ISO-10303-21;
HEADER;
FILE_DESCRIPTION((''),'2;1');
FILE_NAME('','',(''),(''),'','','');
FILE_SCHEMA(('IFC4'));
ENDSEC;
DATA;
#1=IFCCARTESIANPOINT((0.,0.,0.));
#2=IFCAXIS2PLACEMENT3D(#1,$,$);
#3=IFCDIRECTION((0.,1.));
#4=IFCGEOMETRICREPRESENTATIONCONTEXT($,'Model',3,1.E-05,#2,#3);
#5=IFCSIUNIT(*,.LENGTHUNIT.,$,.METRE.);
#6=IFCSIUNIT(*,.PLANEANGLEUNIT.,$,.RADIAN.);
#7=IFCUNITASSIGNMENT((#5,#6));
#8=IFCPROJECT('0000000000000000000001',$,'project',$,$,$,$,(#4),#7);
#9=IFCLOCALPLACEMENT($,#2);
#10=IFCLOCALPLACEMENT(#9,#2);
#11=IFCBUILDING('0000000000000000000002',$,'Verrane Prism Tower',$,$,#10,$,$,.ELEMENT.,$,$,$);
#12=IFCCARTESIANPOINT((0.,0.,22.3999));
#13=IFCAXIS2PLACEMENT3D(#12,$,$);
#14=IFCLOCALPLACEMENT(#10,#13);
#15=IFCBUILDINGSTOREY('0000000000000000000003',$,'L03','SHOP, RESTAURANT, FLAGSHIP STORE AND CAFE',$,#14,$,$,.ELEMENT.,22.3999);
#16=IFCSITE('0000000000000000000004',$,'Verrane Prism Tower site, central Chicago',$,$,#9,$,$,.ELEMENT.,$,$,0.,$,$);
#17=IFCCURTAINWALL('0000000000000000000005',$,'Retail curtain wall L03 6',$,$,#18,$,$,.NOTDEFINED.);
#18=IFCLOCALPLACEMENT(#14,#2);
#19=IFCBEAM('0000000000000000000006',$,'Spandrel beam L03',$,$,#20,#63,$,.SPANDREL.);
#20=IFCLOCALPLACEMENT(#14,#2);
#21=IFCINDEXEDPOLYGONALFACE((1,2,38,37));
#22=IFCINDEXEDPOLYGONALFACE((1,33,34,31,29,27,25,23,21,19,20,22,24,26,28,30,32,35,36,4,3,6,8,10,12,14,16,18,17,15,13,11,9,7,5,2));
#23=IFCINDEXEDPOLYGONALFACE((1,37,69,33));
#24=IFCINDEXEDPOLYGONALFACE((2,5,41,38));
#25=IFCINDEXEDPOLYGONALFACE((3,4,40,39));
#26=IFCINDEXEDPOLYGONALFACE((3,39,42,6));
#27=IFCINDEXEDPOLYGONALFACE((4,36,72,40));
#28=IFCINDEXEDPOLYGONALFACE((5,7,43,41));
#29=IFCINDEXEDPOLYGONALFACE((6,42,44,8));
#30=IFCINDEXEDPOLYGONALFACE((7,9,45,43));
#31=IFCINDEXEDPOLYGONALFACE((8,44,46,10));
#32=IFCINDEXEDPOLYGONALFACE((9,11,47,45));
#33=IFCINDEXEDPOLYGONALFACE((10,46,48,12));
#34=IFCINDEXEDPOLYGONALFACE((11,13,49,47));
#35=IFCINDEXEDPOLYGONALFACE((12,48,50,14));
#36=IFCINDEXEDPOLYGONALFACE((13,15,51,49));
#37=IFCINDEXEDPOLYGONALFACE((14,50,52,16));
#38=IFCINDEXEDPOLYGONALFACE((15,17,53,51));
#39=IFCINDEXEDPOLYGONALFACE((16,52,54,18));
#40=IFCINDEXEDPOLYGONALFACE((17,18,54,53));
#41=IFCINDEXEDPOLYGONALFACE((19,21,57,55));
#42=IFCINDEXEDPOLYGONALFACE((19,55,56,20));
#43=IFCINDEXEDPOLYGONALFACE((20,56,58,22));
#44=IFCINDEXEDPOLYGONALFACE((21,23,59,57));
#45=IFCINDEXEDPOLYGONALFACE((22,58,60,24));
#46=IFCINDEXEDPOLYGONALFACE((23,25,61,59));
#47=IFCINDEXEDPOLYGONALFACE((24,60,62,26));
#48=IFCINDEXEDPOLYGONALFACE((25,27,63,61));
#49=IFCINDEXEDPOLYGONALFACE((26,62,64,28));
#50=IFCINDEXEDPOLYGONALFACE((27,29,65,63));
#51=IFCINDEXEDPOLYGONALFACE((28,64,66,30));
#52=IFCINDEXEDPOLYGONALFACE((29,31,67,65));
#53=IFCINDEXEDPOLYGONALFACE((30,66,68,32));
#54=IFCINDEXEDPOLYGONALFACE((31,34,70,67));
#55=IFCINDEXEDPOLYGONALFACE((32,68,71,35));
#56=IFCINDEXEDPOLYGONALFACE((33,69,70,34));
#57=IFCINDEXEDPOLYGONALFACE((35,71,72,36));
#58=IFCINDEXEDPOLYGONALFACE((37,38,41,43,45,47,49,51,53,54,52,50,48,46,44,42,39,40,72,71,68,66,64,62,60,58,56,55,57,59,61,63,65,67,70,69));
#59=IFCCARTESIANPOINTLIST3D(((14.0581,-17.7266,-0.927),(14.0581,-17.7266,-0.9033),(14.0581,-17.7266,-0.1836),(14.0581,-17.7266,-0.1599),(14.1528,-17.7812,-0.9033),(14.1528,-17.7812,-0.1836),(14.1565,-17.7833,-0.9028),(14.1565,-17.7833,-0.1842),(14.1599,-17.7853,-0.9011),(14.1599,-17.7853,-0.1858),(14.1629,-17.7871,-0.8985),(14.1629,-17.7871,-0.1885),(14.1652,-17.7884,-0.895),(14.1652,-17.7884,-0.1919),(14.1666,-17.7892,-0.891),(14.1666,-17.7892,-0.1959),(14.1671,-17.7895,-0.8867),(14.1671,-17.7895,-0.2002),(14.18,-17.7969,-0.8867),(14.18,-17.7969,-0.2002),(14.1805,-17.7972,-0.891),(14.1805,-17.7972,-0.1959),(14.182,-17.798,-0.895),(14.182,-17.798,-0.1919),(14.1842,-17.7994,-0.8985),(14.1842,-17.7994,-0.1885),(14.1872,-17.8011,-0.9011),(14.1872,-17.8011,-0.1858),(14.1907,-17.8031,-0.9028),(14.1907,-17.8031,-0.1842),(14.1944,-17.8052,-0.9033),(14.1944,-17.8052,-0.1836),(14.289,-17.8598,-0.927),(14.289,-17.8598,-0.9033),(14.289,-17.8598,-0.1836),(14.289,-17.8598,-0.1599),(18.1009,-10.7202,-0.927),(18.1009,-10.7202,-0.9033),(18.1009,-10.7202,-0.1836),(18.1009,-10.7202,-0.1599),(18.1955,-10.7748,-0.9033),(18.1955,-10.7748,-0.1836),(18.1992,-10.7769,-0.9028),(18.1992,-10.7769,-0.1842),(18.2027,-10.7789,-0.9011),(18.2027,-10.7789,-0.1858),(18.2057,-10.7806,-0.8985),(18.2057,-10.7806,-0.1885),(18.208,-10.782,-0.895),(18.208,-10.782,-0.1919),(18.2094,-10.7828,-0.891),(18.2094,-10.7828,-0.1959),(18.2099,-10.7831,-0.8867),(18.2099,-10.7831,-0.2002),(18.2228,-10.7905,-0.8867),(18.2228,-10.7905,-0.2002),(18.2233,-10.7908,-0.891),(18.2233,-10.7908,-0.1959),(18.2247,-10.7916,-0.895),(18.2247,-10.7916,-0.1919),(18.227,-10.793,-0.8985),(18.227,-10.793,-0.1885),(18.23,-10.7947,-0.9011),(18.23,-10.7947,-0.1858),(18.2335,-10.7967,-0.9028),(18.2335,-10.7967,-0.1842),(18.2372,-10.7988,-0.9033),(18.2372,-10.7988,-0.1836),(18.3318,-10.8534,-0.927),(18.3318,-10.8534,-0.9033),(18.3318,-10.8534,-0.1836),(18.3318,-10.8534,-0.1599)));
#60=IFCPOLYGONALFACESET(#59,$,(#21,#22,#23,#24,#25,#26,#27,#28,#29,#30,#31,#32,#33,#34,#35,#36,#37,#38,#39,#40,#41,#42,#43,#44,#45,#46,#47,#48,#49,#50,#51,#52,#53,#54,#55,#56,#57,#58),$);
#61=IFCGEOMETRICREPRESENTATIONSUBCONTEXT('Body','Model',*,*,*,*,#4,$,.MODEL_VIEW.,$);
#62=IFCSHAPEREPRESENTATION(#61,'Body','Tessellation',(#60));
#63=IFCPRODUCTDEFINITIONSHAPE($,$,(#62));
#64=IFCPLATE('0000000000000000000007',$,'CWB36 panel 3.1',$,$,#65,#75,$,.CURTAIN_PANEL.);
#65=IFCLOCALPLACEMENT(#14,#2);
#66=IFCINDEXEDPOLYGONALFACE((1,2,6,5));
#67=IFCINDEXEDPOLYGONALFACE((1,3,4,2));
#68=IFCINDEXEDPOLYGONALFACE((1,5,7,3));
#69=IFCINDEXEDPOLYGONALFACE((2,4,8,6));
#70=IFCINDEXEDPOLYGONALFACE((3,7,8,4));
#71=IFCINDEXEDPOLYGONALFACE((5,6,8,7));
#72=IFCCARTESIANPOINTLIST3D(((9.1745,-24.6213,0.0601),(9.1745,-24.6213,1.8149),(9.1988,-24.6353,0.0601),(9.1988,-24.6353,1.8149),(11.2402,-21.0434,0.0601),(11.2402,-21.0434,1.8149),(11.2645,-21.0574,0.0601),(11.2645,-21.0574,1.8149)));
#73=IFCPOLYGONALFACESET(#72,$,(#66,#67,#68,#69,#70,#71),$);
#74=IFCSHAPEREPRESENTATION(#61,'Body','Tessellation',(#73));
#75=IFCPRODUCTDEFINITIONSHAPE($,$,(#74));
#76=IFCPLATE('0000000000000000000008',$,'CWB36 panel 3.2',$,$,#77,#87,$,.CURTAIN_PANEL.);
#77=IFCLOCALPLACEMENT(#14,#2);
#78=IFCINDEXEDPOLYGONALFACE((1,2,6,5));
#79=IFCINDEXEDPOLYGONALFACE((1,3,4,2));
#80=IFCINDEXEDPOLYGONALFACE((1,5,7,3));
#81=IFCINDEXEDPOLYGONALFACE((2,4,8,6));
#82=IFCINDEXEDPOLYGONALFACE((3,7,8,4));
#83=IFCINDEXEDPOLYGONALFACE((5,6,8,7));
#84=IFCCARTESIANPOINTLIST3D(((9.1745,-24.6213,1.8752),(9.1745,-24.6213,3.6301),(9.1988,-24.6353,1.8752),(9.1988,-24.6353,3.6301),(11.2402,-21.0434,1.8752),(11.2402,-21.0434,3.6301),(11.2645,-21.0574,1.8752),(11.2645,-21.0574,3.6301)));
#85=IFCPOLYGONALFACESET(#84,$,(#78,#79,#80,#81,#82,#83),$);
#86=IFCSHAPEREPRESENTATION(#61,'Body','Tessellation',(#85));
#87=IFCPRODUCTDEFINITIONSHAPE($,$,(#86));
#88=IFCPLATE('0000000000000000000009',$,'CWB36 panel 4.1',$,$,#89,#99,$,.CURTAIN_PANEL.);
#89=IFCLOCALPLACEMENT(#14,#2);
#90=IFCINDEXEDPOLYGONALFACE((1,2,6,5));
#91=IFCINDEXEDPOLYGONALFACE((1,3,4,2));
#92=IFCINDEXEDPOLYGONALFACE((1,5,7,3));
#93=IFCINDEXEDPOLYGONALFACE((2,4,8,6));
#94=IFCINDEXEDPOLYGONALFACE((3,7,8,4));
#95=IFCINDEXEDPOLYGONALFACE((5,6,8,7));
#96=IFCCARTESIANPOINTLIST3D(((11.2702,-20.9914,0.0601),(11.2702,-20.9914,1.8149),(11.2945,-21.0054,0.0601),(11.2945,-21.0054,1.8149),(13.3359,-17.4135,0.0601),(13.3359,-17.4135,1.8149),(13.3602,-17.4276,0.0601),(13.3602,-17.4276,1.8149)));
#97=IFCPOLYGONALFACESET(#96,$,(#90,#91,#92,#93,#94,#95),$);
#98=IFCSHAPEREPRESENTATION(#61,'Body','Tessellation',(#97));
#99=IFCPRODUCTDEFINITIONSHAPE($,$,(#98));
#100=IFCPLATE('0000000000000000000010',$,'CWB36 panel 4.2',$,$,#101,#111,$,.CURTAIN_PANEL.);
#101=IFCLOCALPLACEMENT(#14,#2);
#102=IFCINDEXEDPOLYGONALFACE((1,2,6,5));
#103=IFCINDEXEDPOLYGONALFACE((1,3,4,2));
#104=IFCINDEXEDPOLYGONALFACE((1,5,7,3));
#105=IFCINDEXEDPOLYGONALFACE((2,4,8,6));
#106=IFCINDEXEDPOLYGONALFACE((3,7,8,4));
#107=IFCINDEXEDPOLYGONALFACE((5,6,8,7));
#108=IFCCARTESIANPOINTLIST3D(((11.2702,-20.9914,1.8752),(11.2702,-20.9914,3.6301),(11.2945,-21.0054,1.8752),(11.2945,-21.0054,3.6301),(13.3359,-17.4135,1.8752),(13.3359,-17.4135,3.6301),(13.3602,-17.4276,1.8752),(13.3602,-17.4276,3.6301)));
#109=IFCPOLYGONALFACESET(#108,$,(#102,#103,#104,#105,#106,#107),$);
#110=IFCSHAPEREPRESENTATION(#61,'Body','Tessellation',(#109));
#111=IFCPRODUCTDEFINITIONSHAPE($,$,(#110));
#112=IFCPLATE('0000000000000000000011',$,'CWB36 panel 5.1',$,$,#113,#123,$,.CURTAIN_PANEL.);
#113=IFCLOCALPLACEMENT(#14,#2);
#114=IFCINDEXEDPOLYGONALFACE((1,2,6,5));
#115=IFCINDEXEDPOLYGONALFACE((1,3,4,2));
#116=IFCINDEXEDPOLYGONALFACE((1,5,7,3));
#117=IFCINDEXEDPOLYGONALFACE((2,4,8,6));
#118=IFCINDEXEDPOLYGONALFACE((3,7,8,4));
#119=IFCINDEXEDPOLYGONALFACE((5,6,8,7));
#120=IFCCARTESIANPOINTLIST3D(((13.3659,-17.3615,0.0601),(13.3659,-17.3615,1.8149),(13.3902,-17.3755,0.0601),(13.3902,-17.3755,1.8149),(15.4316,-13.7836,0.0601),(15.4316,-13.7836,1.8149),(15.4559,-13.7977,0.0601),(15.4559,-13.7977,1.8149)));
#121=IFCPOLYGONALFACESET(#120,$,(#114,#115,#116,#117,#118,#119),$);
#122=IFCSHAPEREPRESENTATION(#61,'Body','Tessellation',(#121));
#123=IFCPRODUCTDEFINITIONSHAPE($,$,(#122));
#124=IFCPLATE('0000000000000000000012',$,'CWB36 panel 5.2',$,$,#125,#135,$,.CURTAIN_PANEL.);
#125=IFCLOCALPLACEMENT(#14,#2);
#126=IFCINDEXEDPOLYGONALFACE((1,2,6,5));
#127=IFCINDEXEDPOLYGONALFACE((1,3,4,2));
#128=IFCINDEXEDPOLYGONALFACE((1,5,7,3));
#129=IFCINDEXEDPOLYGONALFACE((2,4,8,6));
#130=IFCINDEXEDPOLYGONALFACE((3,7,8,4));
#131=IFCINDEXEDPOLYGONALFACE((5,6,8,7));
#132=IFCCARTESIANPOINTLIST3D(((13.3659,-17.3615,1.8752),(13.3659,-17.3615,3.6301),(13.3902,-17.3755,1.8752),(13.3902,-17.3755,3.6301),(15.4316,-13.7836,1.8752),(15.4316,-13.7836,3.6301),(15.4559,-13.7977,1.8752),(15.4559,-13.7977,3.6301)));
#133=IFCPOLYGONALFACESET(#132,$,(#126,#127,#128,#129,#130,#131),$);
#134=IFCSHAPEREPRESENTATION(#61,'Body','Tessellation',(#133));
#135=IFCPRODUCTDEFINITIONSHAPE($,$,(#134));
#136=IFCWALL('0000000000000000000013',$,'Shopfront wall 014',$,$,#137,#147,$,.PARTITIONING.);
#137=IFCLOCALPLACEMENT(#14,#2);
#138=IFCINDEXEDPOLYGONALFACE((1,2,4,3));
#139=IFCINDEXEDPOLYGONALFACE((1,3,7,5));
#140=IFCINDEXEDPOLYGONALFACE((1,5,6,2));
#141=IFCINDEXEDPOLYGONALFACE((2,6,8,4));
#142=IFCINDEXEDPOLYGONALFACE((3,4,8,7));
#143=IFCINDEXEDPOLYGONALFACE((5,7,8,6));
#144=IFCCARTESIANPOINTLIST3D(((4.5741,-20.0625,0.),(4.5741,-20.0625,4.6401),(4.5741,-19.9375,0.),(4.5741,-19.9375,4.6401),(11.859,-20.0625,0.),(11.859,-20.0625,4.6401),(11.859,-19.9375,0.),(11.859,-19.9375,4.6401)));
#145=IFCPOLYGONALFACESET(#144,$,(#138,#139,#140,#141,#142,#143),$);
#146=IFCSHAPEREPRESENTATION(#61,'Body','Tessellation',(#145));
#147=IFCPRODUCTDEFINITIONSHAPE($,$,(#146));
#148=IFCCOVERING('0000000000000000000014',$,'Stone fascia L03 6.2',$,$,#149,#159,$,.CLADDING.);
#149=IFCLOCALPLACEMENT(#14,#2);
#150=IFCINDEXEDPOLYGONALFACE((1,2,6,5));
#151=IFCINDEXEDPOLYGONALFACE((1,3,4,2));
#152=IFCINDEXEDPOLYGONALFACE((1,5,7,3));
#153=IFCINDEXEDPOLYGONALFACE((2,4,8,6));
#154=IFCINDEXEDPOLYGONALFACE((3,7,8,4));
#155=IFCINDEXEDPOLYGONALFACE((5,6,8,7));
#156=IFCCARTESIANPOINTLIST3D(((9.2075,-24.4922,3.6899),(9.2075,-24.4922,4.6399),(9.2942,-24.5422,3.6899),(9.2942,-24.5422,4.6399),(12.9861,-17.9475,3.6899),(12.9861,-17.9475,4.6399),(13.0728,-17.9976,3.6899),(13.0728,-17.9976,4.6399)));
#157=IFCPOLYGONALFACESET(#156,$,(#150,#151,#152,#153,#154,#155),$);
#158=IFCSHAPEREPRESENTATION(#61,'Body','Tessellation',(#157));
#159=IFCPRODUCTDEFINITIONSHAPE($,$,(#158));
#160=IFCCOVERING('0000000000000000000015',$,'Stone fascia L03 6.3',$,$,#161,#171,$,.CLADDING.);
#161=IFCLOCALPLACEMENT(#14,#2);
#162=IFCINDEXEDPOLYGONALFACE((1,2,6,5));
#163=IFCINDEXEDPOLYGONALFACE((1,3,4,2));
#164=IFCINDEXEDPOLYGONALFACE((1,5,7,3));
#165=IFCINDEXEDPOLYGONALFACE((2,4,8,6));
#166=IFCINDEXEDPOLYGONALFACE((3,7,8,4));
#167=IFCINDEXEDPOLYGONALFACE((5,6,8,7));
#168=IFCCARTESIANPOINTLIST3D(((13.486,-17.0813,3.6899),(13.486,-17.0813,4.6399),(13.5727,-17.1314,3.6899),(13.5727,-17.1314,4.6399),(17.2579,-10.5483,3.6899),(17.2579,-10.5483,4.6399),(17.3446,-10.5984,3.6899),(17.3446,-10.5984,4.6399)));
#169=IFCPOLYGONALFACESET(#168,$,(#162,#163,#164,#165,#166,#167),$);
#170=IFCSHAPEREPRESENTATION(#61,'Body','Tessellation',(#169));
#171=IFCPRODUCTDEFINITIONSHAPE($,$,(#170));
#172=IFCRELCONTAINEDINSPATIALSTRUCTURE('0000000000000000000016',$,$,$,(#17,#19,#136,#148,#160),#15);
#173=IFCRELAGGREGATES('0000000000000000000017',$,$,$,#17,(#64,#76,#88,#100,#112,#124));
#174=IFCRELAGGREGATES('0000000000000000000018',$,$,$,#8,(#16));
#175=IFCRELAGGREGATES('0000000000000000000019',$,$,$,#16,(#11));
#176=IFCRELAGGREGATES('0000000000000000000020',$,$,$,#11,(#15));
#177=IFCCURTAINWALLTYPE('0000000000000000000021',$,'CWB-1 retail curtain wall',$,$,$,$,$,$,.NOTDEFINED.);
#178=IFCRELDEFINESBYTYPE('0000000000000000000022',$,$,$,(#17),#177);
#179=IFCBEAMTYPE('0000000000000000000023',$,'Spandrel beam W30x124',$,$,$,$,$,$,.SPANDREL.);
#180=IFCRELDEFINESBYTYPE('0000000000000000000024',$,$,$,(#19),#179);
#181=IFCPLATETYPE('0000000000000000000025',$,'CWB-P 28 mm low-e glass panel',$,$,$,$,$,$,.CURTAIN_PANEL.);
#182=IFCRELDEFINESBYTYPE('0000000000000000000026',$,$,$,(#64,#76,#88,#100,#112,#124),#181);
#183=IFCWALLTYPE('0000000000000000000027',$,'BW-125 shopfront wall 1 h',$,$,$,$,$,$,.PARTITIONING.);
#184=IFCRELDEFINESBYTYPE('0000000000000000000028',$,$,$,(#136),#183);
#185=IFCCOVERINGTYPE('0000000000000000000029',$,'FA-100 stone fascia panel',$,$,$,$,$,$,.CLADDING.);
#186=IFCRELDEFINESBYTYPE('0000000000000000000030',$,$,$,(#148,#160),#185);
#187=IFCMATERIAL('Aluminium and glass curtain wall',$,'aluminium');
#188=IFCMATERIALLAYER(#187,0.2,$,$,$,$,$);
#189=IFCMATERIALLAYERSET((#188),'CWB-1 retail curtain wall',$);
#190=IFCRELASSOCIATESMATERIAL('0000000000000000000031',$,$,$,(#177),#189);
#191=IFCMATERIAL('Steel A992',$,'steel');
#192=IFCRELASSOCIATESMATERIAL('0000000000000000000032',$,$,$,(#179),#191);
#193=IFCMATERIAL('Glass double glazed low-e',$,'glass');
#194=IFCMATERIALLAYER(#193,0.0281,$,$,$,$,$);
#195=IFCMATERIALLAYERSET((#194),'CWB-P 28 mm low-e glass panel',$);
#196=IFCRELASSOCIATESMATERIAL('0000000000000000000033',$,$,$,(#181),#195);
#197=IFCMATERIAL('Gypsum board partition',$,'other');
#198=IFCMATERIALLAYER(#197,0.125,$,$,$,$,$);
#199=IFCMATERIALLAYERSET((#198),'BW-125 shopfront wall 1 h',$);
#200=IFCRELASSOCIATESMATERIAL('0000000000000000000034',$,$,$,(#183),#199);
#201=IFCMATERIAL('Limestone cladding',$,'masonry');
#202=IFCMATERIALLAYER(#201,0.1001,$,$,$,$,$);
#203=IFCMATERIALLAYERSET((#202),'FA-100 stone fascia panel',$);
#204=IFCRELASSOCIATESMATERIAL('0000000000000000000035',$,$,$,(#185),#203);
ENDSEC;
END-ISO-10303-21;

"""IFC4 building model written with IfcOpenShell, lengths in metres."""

from ifc_helpers import new_model, si_unit, direction, frame, frame_2d, origin, origin_2d, place, context, subcontext, project, spatial, rectangle, i_section, extrude, material, layer, layer_set, material_profile, profile_set, type_object, element, aggregate, save


model = new_model("IFC4")

# Units and contexts
model_context = context("Model", 3, precision=1e-05, world=origin(), true_north=direction((0.0, 1.0)))
body_context = subcontext(model_context, "Body", "Model", "MODEL_VIEW")
ifc_project = project(units=[si_unit("LENGTHUNIT", "METRE"), si_unit("PLANEANGLEUNIT", "RADIAN")], contexts=[model_context])

# Site, building, storey
site_placement = place(None, origin())
site = spatial("IfcSite", under=ifc_project, at=site_placement, Name="Verrane Prism Tower site, central Chicago", CompositionType="ELEMENT", RefElevation=0.0)
building_placement = place(site_placement, origin())
building = spatial("IfcBuilding", under=site, at=building_placement, Name="Verrane Prism Tower", CompositionType="ELEMENT")
storey_placement = place(building_placement, frame((0.0, 0.0, 22.3999)))
storey = spatial("IfcBuildingStorey", under=building, at=storey_placement, Name="L03", Description="SHOP, RESTAURANT, FLAGSHIP STORE AND CAFE", CompositionType="ELEMENT", Elevation=22.3999)

# Curtain wall
ifc_material_1 = material(Name="Aluminium and glass curtain wall", Category="aluminium")
ifc_layer_1 = layer(ifc_material_1, 0.2)
ifc_layer_set_1 = layer_set([ifc_layer_1], Name="CWB-1 retail curtain wall")
curtain_wall_type = type_object("IfcCurtainWallType", Name="CWB-1 retail curtain wall", PredefinedType="NOTDEFINED", material=ifc_layer_set_1)
curtain_wall_placement = place(storey_placement, origin())
curtain_wall = element("IfcCurtainWall", 1, at=curtain_wall_placement, inside=storey, type_object=curtain_wall_type, Name="Retail curtain wall L03 6", PredefinedType="NOTDEFINED")

# Beam
ifc_material_2 = material(Name="Steel A992", Category="steel")
ifc_material_profile_1 = material_profile(ifc_material_2, i_section(OverallWidth=0.2666, OverallDepth=0.7671, WebThickness=0.0149, FlangeThickness=0.0237, FilletRadius=0.0166, at=origin_2d()), Name="W30x124")
ifc_profile_set_1 = profile_set([ifc_material_profile_1], Name="Steel A992")
beam_type_1 = type_object("IfcBeamType", Name="Spandrel beam W30x124", PredefinedType="SPANDREL", material=ifc_profile_set_1)
beam_1_placement = place(storey_placement, frame((14.1736, -17.7932, -0.5435), z_axis=(0.499778, 0.866153, 0.0), x_axis=(-0.866153, 0.499778, 0.0)))
element("IfcBeam", 2, at=beam_1_placement, inside=storey, type_object=beam_type_1, Name="Spandrel beam L03", PredefinedType="SPANDREL", context=body_context, shape_type="SweptSolid", body=[
    extrude(i_section(OverallWidth=0.2666, OverallDepth=0.7671, WebThickness=0.0149, FlangeThickness=0.0237, FilletRadius=0.0166, at=origin_2d()), origin(), (0.0, 0.0, 1.0), 8.0891),
])

# Plates
ifc_material_3 = material(Name="Glass double glazed low-e", Category="glass")
ifc_layer_2 = layer(ifc_material_3, 0.0281)
ifc_layer_set_2 = layer_set([ifc_layer_2], Name="CWB-P 28 mm low-e glass panel")
plate_type = type_object("IfcPlateType", Name="CWB-P 28 mm low-e glass panel", PredefinedType="CURTAIN_PANEL", material=ifc_layer_set_2)
plate_1_placement = place(storey_placement, frame((10.2195, -22.8394, 0.0601), z_axis=(0.0, 0.0, 1.0), x_axis=(0.5, 0.866025, 0.0)))
plate_1 = element("IfcPlate", 3, at=plate_1_placement, type_object=plate_type, Name="CWB36 panel 3.1", PredefinedType="CURTAIN_PANEL", context=body_context, shape_type="SweptSolid", body=[
    extrude(rectangle(XDim=4.1313, YDim=0.0281, at=origin_2d()), origin(), (0.0, 0.0, 1.0), 1.7549),
])
plate_2_placement = place(storey_placement, frame((10.2195, -22.8394, 1.8752), z_axis=(0.0, 0.0, 1.0), x_axis=(0.5, 0.866025, 0.0)))
plate_2 = element("IfcPlate", 4, at=plate_2_placement, type_object=plate_type, Name="CWB36 panel 3.2", PredefinedType="CURTAIN_PANEL", context=body_context, shape_type="SweptSolid", body=[
    extrude(rectangle(XDim=4.1313, YDim=0.0281, at=origin_2d()), origin(), (0.0, 0.0, 1.0), 1.7549),
])
plate_3_placement = place(storey_placement, frame((12.3152, -19.2095, 0.0601), z_axis=(0.0, 0.0, 1.0), x_axis=(0.5, 0.866025, 0.0)))
plate_3 = element("IfcPlate", 5, at=plate_3_placement, type_object=plate_type, Name="CWB36 panel 4.1", PredefinedType="CURTAIN_PANEL", context=body_context, shape_type="SweptSolid", body=[
    extrude(rectangle(XDim=4.1313, YDim=0.0281, at=origin_2d()), origin(), (0.0, 0.0, 1.0), 1.7549),
])
plate_4_placement = place(storey_placement, frame((12.3152, -19.2095, 1.8752), z_axis=(0.0, 0.0, 1.0), x_axis=(0.5, 0.866025, 0.0)))
plate_4 = element("IfcPlate", 6, at=plate_4_placement, type_object=plate_type, Name="CWB36 panel 4.2", PredefinedType="CURTAIN_PANEL", context=body_context, shape_type="SweptSolid", body=[
    extrude(rectangle(XDim=4.1313, YDim=0.0281, at=origin_2d()), origin(), (0.0, 0.0, 1.0), 1.7549),
])
plate_5_placement = place(storey_placement, frame((14.4109, -15.5796, 0.0601), z_axis=(0.0, 0.0, 1.0), x_axis=(0.5, 0.866025, 0.0)))
plate_5 = element("IfcPlate", 7, at=plate_5_placement, type_object=plate_type, Name="CWB36 panel 5.1", PredefinedType="CURTAIN_PANEL", context=body_context, shape_type="SweptSolid", body=[
    extrude(rectangle(XDim=4.1313, YDim=0.0281, at=origin_2d()), origin(), (0.0, 0.0, 1.0), 1.7549),
])
plate_6_placement = place(storey_placement, frame((14.4109, -15.5796, 1.8752), z_axis=(0.0, 0.0, 1.0), x_axis=(0.5, 0.866025, 0.0)))
plate_6 = element("IfcPlate", 8, at=plate_6_placement, type_object=plate_type, Name="CWB36 panel 5.2", PredefinedType="CURTAIN_PANEL", context=body_context, shape_type="SweptSolid", body=[
    extrude(rectangle(XDim=4.1313, YDim=0.0281, at=origin_2d()), origin(), (0.0, 0.0, 1.0), 1.7549),
])
aggregate(curtain_wall, [plate_1, plate_2, plate_3, plate_4, plate_5, plate_6])

# Wall
ifc_material_4 = material(Name="Gypsum board partition", Category="other")
ifc_layer_3 = layer(ifc_material_4, 0.125)
ifc_layer_set_3 = layer_set([ifc_layer_3], Name="BW-125 shopfront wall 1 h")
wall_type = type_object("IfcWallType", Name="BW-125 shopfront wall 1 h", PredefinedType="PARTITIONING", material=ifc_layer_set_3)
wall_placement = place(storey_placement, frame((4.574, -20.0, 0.0), z_axis=(0.0, 0.0, 1.0), x_axis=(1.0, 0.0, 0.0)))
element("IfcWall", 9, at=wall_placement, inside=storey, type_object=wall_type, Name="Shopfront wall 014", PredefinedType="PARTITIONING", context=body_context, shape_type="SweptSolid", body=[
    extrude(rectangle(XDim=7.2849, YDim=0.125, at=frame_2d((3.6426, 0.0))), origin(), (0.0, 0.0, 1.0), 4.6401),
])

# Coverings
ifc_material_5 = material(Name="Limestone cladding", Category="masonry")
ifc_layer_4 = layer(ifc_material_5, 0.1001)
ifc_layer_set_4 = layer_set([ifc_layer_4], Name="FA-100 stone fascia panel")
covering_type = type_object("IfcCoveringType", Name="FA-100 stone fascia panel", PredefinedType="CLADDING", material=ifc_layer_set_4)
covering_1_placement = place(storey_placement, frame((11.1401, -21.2449, 3.6899), z_axis=(0.0, 0.0, 1.0), x_axis=(0.5, 0.866025, 0.0)))
element("IfcCovering", 10, at=covering_1_placement, inside=storey, type_object=covering_type, Name="Stone fascia L03 6.2", PredefinedType="CLADDING", context=body_context, shape_type="SweptSolid", body=[
    extrude(rectangle(XDim=7.5571, YDim=0.1001, at=origin_2d()), origin(), (0.0, 0.0, 1.0), 0.95),
])
covering_2_placement = place(storey_placement, frame((15.4153, -13.8398, 3.6899), z_axis=(0.0, 0.0, 1.0), x_axis=(0.5, 0.866025, 0.0)))
element("IfcCovering", 11, at=covering_2_placement, inside=storey, type_object=covering_type, Name="Stone fascia L03 6.3", PredefinedType="CLADDING", context=body_context, shape_type="SweptSolid", body=[
    extrude(rectangle(XDim=7.5437, YDim=0.1001, at=origin_2d()), origin(), (0.0, 0.0, 1.0), 0.95),
])

save(model, "model.ifc")
